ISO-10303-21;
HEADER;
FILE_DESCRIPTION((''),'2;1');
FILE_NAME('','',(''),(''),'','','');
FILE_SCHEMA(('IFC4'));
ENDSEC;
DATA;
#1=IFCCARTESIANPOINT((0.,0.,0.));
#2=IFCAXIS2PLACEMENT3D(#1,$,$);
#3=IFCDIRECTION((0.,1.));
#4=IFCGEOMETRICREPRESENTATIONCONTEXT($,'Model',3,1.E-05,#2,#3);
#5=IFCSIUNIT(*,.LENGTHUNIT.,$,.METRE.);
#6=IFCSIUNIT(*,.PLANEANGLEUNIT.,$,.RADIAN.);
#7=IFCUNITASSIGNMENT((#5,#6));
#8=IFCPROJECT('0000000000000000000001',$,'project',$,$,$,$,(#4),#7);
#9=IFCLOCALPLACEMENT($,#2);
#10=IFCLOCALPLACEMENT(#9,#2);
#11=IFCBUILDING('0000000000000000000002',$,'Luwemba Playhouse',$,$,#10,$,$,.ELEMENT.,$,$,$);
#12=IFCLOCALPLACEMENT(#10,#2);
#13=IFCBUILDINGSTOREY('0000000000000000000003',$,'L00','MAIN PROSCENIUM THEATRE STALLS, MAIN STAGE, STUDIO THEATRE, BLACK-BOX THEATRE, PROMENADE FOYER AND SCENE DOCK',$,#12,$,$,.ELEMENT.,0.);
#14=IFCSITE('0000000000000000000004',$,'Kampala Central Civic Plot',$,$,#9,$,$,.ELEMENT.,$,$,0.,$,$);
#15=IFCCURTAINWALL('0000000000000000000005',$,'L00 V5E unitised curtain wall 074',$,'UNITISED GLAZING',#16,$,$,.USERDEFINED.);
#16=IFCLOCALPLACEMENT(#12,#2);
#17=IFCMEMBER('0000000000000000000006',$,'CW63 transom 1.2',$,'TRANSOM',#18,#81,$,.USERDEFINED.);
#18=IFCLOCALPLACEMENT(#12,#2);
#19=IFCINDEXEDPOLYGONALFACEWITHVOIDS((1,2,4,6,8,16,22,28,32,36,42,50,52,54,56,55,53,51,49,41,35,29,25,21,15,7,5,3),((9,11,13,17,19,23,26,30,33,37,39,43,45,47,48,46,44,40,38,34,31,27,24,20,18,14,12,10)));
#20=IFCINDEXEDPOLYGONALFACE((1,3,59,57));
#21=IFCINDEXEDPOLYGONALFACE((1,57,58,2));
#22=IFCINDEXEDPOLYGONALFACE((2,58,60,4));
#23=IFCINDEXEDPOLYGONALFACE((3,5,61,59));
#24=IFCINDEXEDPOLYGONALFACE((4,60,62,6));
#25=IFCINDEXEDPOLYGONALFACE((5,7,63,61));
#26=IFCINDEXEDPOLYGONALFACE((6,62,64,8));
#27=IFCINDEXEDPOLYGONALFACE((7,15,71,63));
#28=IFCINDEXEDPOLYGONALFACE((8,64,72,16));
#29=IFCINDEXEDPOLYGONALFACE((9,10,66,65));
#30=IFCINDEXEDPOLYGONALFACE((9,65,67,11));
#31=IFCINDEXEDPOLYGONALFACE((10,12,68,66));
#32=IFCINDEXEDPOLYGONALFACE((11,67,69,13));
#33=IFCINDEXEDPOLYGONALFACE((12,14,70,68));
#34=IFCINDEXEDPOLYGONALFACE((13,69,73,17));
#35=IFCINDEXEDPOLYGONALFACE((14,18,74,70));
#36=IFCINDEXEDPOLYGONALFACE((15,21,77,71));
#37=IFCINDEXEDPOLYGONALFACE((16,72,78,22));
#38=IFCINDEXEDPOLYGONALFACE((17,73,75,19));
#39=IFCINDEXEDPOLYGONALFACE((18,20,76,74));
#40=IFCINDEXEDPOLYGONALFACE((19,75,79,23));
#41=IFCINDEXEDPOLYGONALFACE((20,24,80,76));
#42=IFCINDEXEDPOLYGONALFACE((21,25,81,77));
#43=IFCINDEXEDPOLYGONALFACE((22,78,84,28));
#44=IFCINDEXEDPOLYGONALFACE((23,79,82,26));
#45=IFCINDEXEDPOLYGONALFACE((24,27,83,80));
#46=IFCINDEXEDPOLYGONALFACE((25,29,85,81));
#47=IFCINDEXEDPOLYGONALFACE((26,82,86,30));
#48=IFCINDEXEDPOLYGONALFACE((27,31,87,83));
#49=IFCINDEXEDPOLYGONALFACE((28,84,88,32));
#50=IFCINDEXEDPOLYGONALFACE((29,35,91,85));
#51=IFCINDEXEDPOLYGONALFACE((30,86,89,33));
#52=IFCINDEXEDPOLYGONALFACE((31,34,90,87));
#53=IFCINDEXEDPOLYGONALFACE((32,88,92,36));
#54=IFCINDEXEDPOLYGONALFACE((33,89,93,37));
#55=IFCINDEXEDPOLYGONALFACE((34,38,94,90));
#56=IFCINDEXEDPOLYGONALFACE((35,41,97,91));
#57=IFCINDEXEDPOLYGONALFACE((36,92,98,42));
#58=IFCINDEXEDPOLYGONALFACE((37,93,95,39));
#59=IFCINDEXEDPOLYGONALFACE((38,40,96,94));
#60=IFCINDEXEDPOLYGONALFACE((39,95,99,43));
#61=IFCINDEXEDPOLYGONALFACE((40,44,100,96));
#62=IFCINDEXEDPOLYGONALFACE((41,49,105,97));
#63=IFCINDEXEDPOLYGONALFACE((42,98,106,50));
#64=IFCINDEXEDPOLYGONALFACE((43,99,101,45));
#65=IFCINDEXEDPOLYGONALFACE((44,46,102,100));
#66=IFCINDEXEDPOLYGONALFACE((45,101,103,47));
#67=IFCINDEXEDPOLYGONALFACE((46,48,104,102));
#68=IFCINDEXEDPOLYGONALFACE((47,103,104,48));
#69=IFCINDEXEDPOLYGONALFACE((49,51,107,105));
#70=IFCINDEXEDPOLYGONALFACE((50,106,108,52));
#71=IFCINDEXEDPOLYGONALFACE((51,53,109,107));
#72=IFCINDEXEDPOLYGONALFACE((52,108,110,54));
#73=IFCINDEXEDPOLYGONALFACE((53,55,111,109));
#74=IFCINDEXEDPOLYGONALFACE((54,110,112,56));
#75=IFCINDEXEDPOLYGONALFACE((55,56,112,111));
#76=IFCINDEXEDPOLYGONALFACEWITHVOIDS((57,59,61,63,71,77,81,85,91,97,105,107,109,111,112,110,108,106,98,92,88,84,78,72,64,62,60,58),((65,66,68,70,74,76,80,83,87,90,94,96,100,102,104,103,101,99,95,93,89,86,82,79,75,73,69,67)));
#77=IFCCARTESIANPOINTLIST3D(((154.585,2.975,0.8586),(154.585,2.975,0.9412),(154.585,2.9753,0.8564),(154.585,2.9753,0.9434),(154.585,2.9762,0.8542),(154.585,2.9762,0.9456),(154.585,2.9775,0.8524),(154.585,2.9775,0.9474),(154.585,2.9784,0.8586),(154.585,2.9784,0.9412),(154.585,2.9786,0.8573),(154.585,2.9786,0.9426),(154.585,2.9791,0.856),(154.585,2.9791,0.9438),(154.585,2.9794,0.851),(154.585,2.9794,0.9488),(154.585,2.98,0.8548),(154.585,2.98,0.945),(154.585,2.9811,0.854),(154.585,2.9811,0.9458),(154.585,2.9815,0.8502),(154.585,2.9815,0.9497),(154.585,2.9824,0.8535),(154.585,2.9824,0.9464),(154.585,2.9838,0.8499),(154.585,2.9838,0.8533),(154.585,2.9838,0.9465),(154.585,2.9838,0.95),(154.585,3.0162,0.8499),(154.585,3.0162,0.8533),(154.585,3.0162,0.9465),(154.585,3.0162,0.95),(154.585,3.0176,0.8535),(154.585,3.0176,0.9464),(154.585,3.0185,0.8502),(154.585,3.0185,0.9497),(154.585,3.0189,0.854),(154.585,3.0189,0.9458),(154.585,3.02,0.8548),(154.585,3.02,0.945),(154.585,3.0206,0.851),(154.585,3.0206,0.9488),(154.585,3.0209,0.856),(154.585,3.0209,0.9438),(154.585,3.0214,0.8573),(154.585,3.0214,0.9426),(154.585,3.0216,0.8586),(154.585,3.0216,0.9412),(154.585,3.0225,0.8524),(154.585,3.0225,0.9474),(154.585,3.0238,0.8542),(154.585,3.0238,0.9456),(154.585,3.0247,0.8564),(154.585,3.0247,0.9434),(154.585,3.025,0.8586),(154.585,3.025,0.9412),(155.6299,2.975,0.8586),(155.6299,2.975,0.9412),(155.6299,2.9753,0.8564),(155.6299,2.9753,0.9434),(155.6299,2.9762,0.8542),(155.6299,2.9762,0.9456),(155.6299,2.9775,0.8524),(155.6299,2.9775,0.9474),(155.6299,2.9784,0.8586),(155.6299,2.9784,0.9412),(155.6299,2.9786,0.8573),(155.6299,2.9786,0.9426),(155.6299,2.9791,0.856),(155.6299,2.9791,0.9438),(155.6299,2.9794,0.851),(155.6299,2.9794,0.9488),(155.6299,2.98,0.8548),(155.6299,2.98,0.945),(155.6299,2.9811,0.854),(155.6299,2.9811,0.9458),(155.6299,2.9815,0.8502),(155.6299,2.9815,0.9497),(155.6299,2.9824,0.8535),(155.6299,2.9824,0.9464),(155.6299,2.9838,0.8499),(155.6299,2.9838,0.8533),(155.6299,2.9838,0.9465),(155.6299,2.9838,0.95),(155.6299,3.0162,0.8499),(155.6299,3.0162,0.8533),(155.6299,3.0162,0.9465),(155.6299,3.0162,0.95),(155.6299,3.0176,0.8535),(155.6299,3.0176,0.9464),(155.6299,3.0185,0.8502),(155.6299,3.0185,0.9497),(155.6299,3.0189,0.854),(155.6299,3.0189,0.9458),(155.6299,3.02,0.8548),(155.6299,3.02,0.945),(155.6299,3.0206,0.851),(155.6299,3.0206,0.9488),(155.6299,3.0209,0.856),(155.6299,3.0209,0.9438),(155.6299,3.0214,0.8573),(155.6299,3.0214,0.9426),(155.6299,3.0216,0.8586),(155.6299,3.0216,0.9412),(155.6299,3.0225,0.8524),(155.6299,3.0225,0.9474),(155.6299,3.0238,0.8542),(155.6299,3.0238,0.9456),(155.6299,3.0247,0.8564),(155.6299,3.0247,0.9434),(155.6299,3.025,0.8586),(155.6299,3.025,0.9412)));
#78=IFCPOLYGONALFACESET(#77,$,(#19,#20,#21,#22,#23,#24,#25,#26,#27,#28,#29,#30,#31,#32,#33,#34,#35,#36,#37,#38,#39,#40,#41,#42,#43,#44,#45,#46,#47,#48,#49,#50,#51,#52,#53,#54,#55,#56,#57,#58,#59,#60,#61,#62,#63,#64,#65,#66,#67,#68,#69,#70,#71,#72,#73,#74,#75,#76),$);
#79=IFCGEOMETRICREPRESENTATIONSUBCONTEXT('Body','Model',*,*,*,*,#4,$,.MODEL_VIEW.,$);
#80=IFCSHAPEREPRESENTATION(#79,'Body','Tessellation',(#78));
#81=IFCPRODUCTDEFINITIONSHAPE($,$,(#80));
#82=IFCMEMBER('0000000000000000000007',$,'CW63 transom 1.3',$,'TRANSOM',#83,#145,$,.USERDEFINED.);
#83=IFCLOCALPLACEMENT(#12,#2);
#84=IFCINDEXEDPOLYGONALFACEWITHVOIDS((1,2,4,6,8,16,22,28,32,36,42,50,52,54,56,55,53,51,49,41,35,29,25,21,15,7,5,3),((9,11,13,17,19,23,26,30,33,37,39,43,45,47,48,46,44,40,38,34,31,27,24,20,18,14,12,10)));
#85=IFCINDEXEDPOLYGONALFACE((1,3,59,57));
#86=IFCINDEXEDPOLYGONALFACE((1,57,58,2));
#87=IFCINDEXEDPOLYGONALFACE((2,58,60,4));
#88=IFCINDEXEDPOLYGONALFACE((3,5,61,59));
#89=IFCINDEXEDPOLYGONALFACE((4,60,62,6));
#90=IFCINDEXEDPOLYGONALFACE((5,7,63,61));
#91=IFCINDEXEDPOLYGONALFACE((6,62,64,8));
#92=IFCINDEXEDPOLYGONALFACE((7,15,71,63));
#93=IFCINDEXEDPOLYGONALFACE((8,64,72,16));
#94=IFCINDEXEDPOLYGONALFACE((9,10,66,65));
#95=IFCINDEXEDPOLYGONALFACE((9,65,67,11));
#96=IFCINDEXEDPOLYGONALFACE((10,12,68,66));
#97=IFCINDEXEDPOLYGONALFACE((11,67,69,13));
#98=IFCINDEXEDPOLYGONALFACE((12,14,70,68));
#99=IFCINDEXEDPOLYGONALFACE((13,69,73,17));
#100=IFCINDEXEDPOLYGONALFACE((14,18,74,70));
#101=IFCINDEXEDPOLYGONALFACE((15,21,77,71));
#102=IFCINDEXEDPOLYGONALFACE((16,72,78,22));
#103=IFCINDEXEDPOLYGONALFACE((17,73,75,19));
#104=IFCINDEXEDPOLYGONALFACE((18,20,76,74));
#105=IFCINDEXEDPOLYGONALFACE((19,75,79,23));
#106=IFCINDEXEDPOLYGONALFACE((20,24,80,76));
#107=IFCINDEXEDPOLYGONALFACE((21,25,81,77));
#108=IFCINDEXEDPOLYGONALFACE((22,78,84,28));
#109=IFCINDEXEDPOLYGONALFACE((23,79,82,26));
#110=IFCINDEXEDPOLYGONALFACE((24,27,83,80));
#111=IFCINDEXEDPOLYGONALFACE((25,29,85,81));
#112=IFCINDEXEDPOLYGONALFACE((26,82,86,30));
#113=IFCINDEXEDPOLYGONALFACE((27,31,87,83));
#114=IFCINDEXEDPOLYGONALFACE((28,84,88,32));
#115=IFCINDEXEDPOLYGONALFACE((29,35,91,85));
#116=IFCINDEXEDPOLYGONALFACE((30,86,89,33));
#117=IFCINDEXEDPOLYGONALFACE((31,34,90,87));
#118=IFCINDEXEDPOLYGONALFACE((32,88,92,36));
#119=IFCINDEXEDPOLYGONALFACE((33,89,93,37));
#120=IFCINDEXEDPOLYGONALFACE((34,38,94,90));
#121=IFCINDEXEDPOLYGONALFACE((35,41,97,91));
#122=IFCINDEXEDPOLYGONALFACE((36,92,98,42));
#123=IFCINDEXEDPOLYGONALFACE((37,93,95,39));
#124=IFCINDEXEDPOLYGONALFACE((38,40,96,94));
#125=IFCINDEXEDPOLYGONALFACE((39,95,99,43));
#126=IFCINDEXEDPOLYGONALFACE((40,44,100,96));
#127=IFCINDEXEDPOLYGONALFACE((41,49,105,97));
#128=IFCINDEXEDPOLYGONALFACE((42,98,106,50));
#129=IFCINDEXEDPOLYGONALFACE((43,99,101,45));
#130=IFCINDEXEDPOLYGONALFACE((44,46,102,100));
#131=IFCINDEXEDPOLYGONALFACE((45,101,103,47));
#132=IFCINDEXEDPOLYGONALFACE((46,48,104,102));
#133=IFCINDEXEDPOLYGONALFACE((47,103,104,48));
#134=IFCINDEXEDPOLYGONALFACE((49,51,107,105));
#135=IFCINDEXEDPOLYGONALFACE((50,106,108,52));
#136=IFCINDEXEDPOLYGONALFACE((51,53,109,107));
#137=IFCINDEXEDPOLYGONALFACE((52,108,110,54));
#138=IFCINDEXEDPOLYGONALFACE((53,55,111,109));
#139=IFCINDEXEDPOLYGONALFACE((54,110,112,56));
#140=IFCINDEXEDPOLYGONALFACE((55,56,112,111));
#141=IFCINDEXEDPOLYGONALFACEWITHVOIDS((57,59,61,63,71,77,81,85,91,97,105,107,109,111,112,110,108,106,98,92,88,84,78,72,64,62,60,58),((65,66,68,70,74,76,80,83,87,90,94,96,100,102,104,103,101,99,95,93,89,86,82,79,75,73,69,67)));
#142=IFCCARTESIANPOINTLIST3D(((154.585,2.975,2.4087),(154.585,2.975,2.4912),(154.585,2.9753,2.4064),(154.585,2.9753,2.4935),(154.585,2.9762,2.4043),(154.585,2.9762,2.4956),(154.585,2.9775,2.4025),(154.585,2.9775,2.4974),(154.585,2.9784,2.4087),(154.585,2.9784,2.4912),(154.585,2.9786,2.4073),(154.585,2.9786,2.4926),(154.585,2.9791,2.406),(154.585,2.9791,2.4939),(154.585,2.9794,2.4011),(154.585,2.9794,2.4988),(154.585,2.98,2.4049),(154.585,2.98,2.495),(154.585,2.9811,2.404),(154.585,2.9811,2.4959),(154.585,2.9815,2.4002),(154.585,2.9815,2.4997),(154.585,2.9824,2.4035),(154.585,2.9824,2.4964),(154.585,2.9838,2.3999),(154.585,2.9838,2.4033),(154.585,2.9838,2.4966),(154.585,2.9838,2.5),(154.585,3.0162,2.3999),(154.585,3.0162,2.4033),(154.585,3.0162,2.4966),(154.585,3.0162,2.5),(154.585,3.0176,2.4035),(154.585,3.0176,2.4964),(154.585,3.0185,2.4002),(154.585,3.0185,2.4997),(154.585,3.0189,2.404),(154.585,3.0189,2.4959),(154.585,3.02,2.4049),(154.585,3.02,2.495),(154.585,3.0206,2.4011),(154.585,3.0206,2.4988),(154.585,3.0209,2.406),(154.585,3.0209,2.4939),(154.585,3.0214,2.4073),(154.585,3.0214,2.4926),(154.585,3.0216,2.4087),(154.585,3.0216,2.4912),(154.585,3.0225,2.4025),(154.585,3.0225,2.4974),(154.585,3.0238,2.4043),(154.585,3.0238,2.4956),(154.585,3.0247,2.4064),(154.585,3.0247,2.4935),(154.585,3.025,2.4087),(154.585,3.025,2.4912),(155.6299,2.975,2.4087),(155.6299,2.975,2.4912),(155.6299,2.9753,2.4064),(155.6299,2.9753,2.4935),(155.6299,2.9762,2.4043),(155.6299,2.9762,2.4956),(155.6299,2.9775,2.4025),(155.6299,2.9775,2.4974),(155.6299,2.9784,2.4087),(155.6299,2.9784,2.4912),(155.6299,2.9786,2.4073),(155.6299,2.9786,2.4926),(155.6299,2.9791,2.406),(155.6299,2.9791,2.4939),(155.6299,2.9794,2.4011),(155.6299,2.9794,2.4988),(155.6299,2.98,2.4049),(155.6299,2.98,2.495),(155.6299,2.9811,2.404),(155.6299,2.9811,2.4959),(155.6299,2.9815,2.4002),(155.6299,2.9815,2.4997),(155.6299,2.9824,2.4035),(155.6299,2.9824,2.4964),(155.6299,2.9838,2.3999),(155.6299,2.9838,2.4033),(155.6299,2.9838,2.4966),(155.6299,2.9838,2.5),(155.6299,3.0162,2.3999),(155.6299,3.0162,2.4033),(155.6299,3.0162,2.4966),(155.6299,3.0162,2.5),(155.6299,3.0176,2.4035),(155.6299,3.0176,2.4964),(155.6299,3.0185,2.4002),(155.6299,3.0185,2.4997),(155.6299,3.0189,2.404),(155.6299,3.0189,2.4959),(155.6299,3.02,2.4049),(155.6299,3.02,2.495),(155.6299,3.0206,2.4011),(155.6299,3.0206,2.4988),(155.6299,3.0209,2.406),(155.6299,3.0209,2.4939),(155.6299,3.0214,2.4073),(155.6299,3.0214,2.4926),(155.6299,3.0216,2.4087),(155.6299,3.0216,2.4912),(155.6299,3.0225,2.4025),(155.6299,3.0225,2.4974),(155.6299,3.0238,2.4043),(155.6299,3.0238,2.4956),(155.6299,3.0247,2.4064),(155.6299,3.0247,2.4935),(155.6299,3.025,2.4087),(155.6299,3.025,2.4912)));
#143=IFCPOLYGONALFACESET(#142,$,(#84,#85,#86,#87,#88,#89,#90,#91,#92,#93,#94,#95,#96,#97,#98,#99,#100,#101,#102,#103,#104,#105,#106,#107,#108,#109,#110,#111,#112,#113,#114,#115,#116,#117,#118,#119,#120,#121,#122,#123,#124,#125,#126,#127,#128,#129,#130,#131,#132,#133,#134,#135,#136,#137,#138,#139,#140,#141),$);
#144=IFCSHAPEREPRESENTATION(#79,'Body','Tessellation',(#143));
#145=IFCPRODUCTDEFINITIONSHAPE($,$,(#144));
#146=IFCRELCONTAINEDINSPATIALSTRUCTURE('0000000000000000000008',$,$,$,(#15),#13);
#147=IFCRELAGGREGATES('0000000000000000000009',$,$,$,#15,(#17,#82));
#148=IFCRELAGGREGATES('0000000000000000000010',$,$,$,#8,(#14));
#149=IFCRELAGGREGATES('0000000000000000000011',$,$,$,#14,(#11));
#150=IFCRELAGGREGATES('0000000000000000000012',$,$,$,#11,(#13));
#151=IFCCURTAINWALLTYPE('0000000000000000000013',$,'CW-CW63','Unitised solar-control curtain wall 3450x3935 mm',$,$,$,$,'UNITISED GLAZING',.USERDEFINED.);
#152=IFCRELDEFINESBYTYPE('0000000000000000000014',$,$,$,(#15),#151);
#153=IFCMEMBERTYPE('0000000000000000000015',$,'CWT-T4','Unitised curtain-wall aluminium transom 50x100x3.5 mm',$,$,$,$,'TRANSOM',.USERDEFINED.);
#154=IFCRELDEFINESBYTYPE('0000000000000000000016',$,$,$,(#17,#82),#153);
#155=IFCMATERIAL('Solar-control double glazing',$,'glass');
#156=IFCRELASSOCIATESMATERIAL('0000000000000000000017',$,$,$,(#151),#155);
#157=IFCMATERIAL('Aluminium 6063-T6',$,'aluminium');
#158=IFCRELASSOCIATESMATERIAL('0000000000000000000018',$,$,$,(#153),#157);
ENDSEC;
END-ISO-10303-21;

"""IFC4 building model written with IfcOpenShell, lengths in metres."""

from ifc_helpers import new_model, si_unit, direction, frame, origin, origin_2d, place, context, subcontext, project, spatial, hollow_rectangle, extrude, material, material_profile, profile_set, type_object, element, aggregate, save


model = new_model("IFC4")

# Units and contexts
model_context = context("Model", 3, precision=1e-05, world=origin(), true_north=direction((0.0, 1.0)))
body_context = subcontext(model_context, "Body", "Model", "MODEL_VIEW")
ifc_project = project(units=[si_unit("LENGTHUNIT", "METRE"), si_unit("PLANEANGLEUNIT", "RADIAN")], contexts=[model_context])

# Site, building, storey
site_placement = place(None, origin())
site = spatial("IfcSite", under=ifc_project, at=site_placement, Name="Kampala Central Civic Plot", CompositionType="ELEMENT", RefElevation=0.0)
building_placement = place(site_placement, origin())
building = spatial("IfcBuilding", under=site, at=building_placement, Name="Luwemba Playhouse", CompositionType="ELEMENT")
storey_placement = place(building_placement, origin())
storey = spatial("IfcBuildingStorey", under=building, at=storey_placement, Name="L00", Description="MAIN PROSCENIUM THEATRE STALLS, MAIN STAGE, STUDIO THEATRE, BLACK-BOX THEATRE, PROMENADE FOYER AND SCENE DOCK", CompositionType="ELEMENT", Elevation=0.0)

# Curtain wall, members
ifc_material_1 = material(Name="Solar-control double glazing", Category="glass")
curtain_wall_type = type_object("IfcCurtainWallType", Name="CW-CW63", Description="Unitised solar-control curtain wall 3450x3935 mm", ElementType="UNITISED GLAZING", PredefinedType="USERDEFINED", material=ifc_material_1)
curtain_wall_placement = place(storey_placement, origin())
curtain_wall = element("IfcCurtainWall", 1, at=curtain_wall_placement, inside=storey, type_object=curtain_wall_type, Name="L00 V5E unitised curtain wall 074", ObjectType="UNITISED GLAZING", PredefinedType="USERDEFINED")
ifc_material_2 = material(Name="Aluminium 6063-T6", Category="aluminium")
ifc_material_profile_1 = material_profile(ifc_material_2, hollow_rectangle(XDim=0.05, YDim=0.1001, WallThickness=0.0034, InnerFilletRadius=0.0054, OuterFilletRadius=0.0088, at=origin_2d()))
ifc_profile_set_1 = profile_set([ifc_material_profile_1], Name="Aluminium 6063-T6")
member_type_1 = type_object("IfcMemberType", Name="CWT-T4", Description="Unitised curtain-wall aluminium transom 50x100x3.5 mm", ElementType="TRANSOM", PredefinedType="USERDEFINED", material=ifc_profile_set_1)
member_1_placement = place(storey_placement, frame((155.6299, 3.0, 0.8999), z_axis=(-1.0, 0.0, 0.0), x_axis=(0.0, -1.0, 0.0)))
member_1 = element("IfcMember", 2, at=member_1_placement, type_object=member_type_1, Name="CW63 transom 1.2", ObjectType="TRANSOM", PredefinedType="USERDEFINED", context=body_context, shape_type="SweptSolid", body=[
    extrude(hollow_rectangle(XDim=0.05, YDim=0.1001, WallThickness=0.0034, InnerFilletRadius=0.0054, OuterFilletRadius=0.0088, at=origin_2d()), origin(), (0.0, 0.0, 1.0), 1.0449),
])
member_2_placement = place(storey_placement, frame((155.6299, 3.0, 2.45), z_axis=(-1.0, 0.0, 0.0), x_axis=(0.0, -1.0, 0.0)))
member_2 = element("IfcMember", 3, at=member_2_placement, type_object=member_type_1, Name="CW63 transom 1.3", ObjectType="TRANSOM", PredefinedType="USERDEFINED", context=body_context, shape_type="SweptSolid", body=[
    extrude(hollow_rectangle(XDim=0.05, YDim=0.1001, WallThickness=0.0034, InnerFilletRadius=0.0054, OuterFilletRadius=0.0088, at=origin_2d()), origin(), (0.0, 0.0, 1.0), 1.0449),
])
aggregate(curtain_wall, [member_1, member_2])

save(model, "model.ifc")
